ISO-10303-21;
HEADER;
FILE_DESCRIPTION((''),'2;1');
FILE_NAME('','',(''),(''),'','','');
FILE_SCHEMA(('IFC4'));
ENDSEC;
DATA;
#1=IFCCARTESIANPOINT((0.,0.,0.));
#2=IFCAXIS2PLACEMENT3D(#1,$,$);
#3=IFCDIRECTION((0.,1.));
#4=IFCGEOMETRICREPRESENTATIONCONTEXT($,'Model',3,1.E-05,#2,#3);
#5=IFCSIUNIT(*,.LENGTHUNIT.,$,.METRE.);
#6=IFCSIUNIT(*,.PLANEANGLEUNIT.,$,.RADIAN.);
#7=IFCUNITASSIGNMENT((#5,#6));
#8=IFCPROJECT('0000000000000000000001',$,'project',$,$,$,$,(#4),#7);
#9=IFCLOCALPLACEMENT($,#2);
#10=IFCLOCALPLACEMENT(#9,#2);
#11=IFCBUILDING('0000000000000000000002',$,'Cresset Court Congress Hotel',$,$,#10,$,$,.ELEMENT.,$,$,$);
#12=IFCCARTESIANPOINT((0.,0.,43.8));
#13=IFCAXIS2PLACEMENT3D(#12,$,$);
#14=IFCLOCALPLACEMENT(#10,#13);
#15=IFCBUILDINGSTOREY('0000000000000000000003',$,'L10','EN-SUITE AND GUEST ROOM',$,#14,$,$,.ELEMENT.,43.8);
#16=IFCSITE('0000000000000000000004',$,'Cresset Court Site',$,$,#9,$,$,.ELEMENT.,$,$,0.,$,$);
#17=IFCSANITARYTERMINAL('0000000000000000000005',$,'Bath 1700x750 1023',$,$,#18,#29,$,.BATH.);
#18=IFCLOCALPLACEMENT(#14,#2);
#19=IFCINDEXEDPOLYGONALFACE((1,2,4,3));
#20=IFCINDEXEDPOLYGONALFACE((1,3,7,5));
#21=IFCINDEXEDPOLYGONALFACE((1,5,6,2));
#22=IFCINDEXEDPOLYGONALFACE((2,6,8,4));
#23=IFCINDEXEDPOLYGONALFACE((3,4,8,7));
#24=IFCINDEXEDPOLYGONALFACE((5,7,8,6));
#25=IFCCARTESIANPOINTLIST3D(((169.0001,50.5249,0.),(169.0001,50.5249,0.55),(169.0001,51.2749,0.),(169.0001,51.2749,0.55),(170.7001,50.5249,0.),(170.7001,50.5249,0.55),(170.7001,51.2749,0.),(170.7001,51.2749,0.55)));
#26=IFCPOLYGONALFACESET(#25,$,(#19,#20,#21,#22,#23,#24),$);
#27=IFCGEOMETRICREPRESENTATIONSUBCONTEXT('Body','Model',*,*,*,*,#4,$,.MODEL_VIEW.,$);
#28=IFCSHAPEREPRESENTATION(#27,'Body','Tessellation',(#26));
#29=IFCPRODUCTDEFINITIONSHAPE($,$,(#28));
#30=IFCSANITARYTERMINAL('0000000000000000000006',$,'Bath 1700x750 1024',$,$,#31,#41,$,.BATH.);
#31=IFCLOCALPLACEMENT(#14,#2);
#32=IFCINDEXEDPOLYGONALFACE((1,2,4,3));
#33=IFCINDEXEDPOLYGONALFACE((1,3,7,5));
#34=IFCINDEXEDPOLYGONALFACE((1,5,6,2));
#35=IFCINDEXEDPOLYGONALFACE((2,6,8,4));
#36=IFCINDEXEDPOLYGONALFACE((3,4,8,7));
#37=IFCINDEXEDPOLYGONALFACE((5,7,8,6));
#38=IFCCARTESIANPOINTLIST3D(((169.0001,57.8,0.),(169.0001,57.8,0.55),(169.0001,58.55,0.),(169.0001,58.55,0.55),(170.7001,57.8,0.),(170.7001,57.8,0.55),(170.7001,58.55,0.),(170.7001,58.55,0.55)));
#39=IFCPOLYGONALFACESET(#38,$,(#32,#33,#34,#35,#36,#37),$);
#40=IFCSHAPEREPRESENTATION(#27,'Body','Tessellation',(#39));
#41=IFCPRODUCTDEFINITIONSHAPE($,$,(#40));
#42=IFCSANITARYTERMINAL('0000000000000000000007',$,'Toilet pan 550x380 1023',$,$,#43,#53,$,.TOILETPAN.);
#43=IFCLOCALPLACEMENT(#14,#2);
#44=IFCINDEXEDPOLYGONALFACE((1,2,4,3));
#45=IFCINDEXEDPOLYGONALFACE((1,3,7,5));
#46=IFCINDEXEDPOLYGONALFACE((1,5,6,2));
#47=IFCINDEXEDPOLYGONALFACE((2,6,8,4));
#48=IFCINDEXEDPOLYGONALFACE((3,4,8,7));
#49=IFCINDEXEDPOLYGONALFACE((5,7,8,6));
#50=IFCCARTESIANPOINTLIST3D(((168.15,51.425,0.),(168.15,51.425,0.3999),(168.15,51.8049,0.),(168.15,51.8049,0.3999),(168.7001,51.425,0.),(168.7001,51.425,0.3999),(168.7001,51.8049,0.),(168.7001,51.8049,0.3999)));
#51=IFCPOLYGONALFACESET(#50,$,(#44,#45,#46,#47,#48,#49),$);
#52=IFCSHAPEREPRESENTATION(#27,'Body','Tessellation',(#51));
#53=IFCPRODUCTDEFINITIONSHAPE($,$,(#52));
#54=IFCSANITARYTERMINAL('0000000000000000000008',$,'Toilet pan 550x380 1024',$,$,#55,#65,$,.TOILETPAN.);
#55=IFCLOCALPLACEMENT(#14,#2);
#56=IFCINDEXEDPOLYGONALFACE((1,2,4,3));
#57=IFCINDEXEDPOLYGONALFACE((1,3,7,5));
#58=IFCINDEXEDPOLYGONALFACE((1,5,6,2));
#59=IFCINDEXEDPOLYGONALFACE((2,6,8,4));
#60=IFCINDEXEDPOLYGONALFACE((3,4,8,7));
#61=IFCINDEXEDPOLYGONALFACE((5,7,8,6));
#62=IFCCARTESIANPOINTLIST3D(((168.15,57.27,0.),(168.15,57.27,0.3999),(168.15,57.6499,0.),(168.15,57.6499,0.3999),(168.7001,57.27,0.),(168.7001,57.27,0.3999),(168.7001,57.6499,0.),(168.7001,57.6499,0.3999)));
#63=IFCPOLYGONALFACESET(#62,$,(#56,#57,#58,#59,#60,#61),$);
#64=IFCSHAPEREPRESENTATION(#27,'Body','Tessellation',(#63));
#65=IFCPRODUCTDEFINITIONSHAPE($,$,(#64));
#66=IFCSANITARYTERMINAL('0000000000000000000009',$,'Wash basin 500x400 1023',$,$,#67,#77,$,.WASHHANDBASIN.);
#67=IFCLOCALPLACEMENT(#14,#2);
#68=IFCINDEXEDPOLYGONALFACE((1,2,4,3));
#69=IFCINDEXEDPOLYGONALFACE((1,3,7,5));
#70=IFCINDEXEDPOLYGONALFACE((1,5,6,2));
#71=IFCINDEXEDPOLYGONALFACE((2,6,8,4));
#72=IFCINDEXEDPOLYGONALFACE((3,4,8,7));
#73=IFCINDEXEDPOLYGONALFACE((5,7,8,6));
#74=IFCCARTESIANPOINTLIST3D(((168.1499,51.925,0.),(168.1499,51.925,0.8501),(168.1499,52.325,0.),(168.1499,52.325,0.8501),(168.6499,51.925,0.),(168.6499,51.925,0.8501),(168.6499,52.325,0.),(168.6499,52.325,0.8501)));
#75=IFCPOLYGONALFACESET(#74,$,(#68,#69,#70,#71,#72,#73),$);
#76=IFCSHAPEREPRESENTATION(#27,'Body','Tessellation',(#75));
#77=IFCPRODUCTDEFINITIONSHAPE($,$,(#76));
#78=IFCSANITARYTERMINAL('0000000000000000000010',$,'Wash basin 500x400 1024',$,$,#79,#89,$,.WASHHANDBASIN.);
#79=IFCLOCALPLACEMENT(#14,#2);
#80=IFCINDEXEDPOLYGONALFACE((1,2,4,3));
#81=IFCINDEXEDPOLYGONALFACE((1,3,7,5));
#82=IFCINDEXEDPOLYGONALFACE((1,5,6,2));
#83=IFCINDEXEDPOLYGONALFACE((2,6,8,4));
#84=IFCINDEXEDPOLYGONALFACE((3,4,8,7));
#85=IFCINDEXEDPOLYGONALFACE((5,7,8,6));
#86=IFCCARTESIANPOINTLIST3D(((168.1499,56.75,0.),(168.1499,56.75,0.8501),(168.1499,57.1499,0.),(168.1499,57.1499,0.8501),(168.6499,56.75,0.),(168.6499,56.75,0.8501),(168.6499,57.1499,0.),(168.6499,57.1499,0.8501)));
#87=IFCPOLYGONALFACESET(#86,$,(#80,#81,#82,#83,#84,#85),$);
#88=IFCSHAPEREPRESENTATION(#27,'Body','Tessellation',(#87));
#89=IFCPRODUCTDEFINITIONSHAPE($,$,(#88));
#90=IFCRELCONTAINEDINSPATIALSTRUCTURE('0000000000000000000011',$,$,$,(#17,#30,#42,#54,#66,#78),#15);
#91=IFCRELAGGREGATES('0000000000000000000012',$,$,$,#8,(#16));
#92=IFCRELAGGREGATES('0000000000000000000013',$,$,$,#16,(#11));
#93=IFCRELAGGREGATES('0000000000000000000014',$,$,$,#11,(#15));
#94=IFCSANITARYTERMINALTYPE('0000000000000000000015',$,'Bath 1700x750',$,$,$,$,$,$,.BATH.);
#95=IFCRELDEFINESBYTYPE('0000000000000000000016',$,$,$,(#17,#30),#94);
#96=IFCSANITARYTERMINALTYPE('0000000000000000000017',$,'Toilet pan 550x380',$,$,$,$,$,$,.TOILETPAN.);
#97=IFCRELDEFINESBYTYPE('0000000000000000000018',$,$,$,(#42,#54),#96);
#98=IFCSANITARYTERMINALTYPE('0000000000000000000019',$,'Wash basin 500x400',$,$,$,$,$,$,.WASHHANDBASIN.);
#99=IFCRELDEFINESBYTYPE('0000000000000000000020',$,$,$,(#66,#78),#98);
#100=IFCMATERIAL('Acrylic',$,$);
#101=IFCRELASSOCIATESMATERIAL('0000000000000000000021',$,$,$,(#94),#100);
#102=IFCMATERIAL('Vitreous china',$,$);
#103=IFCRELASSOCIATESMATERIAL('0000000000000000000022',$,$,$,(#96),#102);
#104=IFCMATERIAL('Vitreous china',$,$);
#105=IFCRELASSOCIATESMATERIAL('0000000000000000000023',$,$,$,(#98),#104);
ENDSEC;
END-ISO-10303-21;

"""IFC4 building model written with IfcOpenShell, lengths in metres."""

from ifc_helpers import new_model, si_unit, direction, frame, origin, origin_2d, place, context, subcontext, project, spatial, rectangle, extrude, material, type_object, element, save


model = new_model("IFC4")

# Units and contexts
model_context = context("Model", 3, precision=1e-05, world=origin(), true_north=direction((0.0, 1.0)))
body_context = subcontext(model_context, "Body", "Model", "MODEL_VIEW")
ifc_project = project(units=[si_unit("LENGTHUNIT", "METRE"), si_unit("PLANEANGLEUNIT", "RADIAN")], contexts=[model_context])

# Site, building, storey
site_placement = place(None, origin())
site = spatial("IfcSite", under=ifc_project, at=site_placement, Name="Cresset Court Site", CompositionType="ELEMENT", RefElevation=0.0)
building_placement = place(site_placement, origin())
building = spatial("IfcBuilding", under=site, at=building_placement, Name="Cresset Court Congress Hotel", CompositionType="ELEMENT")
storey_placement = place(building_placement, frame((0.0, 0.0, 43.8)))
storey = spatial("IfcBuildingStorey", under=building, at=storey_placement, Name="L10", Description="EN-SUITE AND GUEST ROOM", CompositionType="ELEMENT", Elevation=43.8)

# Sanitary terminals
ifc_material_1 = material(Name="Acrylic")
sanitary_terminal_type_1 = type_object("IfcSanitaryTerminalType", Name="Bath 1700x750", PredefinedType="BATH", material=ifc_material_1)
for number, where, z_axis, x_axis, name in (
    (1, (169.8501, 50.8999, 0.0), (0.0, 0.0, 1.0), (1.0, 0.0, 0.0), "Bath 1700x750 1023"),
    (2, (169.8501, 58.175, 0.0), (0.0, 0.0, 1.0), (1.0, 0.0, 0.0), "Bath 1700x750 1024"),
):
    element("IfcSanitaryTerminal", number, at=place(storey_placement, frame(where, z_axis=z_axis, x_axis=x_axis)), inside=storey, type_object=sanitary_terminal_type_1, Name=name, PredefinedType="BATH", context=body_context, shape_type="SweptSolid", body=[
        extrude(rectangle(XDim=1.7, YDim=0.75, at=origin_2d()), origin(), (0.0, 0.0, 1.0), 0.55),
    ])
ifc_material_2 = material(Name="Vitreous china")
sanitary_terminal_type_2 = type_object("IfcSanitaryTerminalType", Name="Toilet pan 550x380", PredefinedType="TOILETPAN", material=ifc_material_2)
for number, where, z_axis, x_axis, name in (
    (3, (168.425, 51.615, 0.0), (0.0, 0.0, 1.0), (1.0, 0.0, 0.0), "Toilet pan 550x380 1023"),
    (4, (168.425, 57.46, 0.0), (0.0, 0.0, 1.0), (1.0, 0.0, 0.0), "Toilet pan 550x380 1024"),
):
    element("IfcSanitaryTerminal", number, at=place(storey_placement, frame(where, z_axis=z_axis, x_axis=x_axis)), inside=storey, type_object=sanitary_terminal_type_2, Name=name, PredefinedType="TOILETPAN", context=body_context, shape_type="SweptSolid", body=[
        extrude(rectangle(XDim=0.55, YDim=0.3799, at=origin_2d()), origin(), (0.0, 0.0, 1.0), 0.3999),
    ])
ifc_material_3 = material(Name="Vitreous china")
sanitary_terminal_type_3 = type_object("IfcSanitaryTerminalType", Name="Wash basin 500x400", PredefinedType="WASHHANDBASIN", material=ifc_material_3)
for number, where, z_axis, x_axis, name in (
    (5, (168.3999, 52.125, 0.0), (0.0, 0.0, 1.0), (1.0, 0.0, 0.0), "Wash basin 500x400 1023"),
    (6, (168.3999, 56.95, 0.0), (0.0, 0.0, 1.0), (1.0, 0.0, 0.0), "Wash basin 500x400 1024"),
):
    element("IfcSanitaryTerminal", number, at=place(storey_placement, frame(where, z_axis=z_axis, x_axis=x_axis)), inside=storey, type_object=sanitary_terminal_type_3, Name=name, PredefinedType="WASHHANDBASIN", context=body_context, shape_type="SweptSolid", body=[
        extrude(rectangle(XDim=0.5, YDim=0.3999, at=origin_2d()), origin(), (0.0, 0.0, 1.0), 0.8501),
    ])

save(model, "model.ifc")
